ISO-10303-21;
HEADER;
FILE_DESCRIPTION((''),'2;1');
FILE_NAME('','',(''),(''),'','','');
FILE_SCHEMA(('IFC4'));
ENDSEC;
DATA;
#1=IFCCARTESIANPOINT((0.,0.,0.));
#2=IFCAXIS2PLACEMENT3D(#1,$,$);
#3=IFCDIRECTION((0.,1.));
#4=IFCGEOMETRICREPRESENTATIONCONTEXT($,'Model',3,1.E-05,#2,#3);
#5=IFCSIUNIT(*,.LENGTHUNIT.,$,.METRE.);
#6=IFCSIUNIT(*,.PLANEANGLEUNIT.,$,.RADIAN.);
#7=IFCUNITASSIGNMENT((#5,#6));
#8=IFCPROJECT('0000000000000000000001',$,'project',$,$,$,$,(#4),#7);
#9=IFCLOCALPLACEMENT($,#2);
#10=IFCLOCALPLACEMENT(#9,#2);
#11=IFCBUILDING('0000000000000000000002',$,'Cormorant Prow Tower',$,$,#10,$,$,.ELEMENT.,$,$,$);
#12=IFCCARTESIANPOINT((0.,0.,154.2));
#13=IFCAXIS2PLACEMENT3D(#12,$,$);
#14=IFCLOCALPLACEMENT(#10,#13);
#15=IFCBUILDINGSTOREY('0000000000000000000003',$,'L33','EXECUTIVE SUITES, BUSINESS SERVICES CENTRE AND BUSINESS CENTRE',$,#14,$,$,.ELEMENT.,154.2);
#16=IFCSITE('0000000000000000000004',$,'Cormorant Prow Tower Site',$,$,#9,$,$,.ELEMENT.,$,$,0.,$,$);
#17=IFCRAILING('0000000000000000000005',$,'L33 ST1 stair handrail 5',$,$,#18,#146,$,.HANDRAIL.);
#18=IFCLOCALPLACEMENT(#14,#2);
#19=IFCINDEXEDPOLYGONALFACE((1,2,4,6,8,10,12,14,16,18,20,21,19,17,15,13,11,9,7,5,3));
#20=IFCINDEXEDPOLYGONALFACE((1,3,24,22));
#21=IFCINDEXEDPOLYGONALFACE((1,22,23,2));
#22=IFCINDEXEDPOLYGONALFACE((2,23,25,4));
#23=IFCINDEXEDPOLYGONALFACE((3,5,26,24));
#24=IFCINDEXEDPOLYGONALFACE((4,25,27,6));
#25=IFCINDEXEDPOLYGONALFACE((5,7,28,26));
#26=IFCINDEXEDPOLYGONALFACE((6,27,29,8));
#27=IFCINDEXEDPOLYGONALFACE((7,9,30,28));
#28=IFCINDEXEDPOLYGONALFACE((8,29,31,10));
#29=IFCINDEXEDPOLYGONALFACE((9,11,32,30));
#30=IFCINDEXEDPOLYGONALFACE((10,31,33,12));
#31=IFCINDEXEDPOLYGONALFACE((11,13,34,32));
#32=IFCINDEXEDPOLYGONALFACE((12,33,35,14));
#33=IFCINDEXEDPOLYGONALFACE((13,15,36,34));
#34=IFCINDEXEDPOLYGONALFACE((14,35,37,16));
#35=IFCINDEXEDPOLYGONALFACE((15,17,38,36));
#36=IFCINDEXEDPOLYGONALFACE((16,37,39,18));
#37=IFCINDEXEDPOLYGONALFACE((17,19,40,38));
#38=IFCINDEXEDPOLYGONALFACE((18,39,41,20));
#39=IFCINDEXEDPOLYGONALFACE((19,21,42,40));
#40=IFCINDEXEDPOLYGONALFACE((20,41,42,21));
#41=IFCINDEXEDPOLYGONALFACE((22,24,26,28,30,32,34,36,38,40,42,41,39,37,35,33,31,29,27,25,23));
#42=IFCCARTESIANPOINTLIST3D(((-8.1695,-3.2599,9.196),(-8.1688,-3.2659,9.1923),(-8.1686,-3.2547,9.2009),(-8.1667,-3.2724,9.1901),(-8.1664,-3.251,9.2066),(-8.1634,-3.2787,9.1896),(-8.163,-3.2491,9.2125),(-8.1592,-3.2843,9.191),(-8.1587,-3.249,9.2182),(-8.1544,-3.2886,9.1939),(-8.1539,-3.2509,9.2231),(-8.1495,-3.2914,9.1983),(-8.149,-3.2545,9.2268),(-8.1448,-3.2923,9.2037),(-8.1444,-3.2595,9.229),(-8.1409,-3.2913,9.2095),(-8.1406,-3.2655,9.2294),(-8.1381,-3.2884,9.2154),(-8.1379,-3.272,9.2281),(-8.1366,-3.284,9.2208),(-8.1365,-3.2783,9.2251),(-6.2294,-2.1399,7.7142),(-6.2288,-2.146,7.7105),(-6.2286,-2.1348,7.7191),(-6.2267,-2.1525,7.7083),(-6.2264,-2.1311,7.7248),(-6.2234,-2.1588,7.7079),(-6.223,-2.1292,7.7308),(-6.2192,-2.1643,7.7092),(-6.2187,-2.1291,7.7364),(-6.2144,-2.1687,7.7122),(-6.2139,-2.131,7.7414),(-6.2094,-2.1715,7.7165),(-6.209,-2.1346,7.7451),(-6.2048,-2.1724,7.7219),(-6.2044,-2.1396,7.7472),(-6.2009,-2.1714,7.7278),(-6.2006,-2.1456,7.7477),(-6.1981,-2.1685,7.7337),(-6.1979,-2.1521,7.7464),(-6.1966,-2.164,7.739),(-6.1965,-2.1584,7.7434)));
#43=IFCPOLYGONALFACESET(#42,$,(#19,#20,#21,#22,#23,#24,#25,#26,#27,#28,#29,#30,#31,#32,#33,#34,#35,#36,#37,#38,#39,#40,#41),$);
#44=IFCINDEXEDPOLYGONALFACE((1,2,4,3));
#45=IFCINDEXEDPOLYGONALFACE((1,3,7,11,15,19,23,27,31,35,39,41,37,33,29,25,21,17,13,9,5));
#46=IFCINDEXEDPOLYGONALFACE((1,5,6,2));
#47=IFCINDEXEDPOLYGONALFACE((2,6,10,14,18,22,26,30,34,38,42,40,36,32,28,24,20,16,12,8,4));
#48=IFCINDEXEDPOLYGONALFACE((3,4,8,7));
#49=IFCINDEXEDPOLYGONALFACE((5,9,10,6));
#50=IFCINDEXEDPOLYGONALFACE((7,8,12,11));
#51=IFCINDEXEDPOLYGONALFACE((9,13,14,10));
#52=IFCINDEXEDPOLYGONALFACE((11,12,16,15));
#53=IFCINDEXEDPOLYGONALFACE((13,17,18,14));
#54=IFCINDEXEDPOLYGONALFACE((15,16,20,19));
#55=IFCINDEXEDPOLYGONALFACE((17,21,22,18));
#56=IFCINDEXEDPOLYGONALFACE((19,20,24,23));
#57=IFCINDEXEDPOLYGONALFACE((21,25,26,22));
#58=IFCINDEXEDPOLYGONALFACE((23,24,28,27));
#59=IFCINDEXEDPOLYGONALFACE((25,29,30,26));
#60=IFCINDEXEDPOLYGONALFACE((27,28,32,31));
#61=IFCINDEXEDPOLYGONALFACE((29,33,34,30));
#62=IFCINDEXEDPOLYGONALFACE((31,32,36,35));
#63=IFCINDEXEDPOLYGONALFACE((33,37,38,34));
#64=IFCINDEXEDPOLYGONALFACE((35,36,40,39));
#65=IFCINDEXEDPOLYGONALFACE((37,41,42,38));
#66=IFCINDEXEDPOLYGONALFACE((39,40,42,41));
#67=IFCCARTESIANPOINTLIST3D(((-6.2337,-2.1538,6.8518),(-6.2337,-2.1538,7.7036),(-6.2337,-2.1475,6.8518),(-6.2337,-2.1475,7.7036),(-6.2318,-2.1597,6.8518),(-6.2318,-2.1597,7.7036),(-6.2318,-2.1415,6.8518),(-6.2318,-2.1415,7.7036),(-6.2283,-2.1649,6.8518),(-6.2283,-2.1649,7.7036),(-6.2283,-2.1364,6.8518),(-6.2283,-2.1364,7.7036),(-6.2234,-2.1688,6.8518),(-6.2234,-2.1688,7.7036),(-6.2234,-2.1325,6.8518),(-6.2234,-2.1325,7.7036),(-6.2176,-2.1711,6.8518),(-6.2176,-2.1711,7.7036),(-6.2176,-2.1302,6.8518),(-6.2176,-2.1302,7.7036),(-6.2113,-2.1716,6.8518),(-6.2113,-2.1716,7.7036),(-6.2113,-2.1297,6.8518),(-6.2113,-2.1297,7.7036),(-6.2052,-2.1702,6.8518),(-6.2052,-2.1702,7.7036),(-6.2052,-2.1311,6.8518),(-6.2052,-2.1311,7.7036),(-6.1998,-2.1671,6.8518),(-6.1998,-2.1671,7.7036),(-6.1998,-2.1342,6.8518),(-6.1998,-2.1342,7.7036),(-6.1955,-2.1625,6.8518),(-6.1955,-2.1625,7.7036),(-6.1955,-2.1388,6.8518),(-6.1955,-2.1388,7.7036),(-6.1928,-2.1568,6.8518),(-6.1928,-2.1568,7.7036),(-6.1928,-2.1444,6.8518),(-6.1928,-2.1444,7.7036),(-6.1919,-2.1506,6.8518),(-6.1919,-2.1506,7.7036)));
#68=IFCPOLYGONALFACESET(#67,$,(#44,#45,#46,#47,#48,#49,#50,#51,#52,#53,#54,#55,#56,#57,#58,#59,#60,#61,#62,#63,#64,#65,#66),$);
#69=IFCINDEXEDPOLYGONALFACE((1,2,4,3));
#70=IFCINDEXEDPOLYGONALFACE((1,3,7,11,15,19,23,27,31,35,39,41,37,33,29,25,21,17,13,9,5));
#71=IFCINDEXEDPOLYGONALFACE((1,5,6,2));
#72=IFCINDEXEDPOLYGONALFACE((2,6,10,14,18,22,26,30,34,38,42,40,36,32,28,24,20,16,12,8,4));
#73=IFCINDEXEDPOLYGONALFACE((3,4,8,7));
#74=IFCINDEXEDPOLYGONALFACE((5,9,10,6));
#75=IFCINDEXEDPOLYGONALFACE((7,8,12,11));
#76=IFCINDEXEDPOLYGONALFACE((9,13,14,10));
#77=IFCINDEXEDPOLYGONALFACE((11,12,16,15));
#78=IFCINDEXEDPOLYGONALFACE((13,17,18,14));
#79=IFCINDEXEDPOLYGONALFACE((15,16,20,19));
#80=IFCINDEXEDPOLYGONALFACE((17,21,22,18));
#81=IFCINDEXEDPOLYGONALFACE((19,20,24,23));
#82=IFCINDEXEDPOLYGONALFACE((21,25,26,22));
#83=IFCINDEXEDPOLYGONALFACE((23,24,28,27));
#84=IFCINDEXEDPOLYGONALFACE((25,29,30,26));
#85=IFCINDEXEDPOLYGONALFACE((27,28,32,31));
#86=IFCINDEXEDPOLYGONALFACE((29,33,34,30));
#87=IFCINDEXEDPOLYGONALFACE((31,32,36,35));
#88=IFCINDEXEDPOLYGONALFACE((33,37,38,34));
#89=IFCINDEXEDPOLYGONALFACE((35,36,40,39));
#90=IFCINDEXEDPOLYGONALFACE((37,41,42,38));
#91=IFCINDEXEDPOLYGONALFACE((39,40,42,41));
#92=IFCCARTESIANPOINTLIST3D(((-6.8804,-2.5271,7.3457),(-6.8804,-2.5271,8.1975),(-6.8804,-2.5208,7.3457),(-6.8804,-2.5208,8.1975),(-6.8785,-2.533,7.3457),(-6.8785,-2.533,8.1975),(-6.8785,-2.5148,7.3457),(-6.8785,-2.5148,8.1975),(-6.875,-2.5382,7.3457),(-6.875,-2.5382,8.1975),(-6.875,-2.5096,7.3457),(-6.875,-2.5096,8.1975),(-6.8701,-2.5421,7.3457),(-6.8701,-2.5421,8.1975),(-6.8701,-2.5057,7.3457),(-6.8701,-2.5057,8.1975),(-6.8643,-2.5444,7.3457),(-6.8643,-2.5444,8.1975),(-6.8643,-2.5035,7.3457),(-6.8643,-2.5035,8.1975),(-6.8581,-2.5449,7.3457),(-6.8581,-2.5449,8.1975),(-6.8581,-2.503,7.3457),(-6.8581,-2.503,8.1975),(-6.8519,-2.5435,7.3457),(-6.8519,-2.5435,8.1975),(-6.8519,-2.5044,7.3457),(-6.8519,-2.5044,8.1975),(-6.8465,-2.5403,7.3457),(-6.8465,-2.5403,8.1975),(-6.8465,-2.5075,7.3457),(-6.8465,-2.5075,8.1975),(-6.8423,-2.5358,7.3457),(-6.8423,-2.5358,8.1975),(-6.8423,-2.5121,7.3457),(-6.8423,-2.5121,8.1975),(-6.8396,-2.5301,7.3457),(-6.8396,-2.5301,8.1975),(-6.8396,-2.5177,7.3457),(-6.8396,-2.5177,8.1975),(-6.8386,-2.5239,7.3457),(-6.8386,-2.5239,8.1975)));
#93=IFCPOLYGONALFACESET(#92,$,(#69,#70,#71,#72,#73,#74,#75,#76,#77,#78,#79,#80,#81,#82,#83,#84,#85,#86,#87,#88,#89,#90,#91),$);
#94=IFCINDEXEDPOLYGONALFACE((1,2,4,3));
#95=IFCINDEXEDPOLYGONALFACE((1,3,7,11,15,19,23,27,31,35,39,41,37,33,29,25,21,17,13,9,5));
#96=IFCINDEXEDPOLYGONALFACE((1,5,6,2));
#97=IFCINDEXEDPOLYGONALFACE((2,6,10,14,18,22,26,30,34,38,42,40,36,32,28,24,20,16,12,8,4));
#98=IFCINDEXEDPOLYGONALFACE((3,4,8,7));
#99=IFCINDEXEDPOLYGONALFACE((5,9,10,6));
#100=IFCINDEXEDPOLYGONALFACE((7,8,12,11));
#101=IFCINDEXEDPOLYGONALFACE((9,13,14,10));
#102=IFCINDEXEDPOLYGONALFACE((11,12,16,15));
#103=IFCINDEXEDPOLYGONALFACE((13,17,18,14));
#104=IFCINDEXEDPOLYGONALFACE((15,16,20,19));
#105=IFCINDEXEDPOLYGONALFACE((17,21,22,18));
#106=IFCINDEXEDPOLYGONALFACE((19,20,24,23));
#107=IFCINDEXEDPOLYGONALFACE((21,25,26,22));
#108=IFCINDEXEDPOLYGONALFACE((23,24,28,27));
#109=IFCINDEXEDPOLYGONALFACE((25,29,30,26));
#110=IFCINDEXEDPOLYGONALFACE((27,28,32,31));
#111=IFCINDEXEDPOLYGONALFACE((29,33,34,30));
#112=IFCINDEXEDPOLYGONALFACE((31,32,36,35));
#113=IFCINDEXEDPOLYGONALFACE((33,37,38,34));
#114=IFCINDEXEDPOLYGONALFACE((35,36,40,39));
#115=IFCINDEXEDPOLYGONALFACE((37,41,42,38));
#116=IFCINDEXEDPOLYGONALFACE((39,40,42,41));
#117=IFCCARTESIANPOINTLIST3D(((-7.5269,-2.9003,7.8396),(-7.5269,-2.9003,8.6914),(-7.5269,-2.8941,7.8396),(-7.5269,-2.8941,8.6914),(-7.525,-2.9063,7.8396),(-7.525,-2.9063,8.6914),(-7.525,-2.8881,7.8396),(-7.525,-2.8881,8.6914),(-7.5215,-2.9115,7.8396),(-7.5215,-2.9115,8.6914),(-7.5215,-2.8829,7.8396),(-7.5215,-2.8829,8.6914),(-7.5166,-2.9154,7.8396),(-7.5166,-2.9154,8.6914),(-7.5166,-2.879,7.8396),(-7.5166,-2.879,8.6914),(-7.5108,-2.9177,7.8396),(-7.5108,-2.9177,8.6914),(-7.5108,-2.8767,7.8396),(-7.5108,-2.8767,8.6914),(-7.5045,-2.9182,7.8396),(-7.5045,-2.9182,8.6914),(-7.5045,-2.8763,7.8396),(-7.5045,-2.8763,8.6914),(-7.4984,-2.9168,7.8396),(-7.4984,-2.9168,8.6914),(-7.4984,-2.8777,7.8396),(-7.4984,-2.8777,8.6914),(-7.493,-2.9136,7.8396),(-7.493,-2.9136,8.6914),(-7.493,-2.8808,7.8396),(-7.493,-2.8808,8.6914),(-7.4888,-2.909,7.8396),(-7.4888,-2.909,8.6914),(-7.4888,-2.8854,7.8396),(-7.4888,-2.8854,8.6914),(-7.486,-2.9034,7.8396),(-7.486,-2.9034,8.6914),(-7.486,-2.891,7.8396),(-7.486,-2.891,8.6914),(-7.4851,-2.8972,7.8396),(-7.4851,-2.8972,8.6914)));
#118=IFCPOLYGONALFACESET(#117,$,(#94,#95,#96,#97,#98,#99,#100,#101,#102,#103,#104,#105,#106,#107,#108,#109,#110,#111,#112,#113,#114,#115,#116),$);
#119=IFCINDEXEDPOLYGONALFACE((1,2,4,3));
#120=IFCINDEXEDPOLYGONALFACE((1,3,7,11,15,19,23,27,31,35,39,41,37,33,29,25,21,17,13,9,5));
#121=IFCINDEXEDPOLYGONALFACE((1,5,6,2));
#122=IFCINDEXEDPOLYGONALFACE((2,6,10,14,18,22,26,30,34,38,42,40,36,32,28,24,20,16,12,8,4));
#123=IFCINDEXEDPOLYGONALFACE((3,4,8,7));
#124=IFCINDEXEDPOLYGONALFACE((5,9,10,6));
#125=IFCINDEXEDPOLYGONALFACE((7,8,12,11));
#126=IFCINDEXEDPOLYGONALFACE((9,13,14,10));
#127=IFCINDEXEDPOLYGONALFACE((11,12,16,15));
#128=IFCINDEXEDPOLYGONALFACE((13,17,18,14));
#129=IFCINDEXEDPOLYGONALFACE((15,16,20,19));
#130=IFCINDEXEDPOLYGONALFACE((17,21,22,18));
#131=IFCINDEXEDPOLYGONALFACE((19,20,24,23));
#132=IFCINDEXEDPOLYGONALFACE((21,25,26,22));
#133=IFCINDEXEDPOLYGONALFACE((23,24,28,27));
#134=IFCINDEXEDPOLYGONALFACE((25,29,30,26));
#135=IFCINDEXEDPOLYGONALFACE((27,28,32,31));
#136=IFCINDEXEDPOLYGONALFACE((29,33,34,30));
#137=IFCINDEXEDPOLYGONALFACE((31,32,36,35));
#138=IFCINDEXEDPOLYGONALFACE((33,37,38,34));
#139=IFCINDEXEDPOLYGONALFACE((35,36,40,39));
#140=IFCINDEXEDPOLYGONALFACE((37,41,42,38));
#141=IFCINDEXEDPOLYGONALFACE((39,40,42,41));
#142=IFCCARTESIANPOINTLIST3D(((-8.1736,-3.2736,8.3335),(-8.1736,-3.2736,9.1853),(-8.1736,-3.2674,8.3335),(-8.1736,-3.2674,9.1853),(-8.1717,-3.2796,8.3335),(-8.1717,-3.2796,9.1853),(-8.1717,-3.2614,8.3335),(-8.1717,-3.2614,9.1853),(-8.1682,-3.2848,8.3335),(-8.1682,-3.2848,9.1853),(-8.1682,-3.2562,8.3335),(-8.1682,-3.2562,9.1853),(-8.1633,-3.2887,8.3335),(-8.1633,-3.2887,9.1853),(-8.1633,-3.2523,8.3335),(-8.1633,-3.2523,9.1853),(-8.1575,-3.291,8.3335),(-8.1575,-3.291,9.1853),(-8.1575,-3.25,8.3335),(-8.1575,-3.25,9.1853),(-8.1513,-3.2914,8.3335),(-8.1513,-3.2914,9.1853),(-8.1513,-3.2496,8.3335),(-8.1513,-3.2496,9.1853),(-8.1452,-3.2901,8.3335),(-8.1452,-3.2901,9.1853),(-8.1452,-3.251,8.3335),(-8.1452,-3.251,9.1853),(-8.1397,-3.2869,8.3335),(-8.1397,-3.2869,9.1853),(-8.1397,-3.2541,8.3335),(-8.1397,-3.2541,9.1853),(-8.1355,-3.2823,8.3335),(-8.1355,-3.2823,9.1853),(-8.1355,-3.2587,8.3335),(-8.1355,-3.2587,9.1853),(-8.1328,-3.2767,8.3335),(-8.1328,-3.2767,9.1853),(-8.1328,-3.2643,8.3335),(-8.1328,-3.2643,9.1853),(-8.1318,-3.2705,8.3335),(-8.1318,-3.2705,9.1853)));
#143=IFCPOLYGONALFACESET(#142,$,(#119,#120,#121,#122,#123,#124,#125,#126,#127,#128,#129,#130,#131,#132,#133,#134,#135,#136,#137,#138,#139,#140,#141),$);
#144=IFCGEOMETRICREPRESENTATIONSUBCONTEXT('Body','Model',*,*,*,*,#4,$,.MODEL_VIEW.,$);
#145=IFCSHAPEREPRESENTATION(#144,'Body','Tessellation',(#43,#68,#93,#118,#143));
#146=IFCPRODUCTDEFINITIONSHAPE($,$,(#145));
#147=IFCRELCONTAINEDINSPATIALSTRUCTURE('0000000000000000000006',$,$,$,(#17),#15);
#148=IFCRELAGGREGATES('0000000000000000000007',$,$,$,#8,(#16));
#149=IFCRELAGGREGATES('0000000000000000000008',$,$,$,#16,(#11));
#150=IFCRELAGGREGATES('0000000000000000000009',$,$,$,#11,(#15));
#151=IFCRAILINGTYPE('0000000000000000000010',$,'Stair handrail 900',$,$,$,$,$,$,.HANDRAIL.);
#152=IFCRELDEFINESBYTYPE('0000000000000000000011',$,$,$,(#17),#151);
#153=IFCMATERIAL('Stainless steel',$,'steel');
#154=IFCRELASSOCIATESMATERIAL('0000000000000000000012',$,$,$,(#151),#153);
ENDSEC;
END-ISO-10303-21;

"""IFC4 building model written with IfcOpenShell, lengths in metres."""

from ifc_helpers import new_model, si_unit, direction, frame, origin, origin_2d, place, context, subcontext, project, spatial, circle, extrude, material, type_object, element, save


model = new_model("IFC4")

# Units and contexts
model_context = context("Model", 3, precision=1e-05, world=origin(), true_north=direction((0.0, 1.0)))
body_context = subcontext(model_context, "Body", "Model", "MODEL_VIEW")
ifc_project = project(units=[si_unit("LENGTHUNIT", "METRE"), si_unit("PLANEANGLEUNIT", "RADIAN")], contexts=[model_context])

# Site, building, storey
site_placement = place(None, origin())
site = spatial("IfcSite", under=ifc_project, at=site_placement, Name="Cormorant Prow Tower Site", CompositionType="ELEMENT", RefElevation=0.0)
building_placement = place(site_placement, origin())
building = spatial("IfcBuilding", under=site, at=building_placement, Name="Cormorant Prow Tower", CompositionType="ELEMENT")
storey_placement = place(building_placement, frame((0.0, 0.0, 154.2)))
storey = spatial("IfcBuildingStorey", under=building, at=storey_placement, Name="L33", Description="EXECUTIVE SUITES, BUSINESS SERVICES CENTRE AND BUSINESS CENTRE", CompositionType="ELEMENT", Elevation=154.2)

# Railing
ifc_material_1 = material(Name="Stainless steel", Category="steel")
railing_type = type_object("IfcRailingType", Name="Stair handrail 900", PredefinedType="HANDRAIL", material=ifc_material_1)
railing_1_placement = place(storey_placement, frame((-6.2129, -2.1506, 6.8518)))
element("IfcRailing", 1, at=railing_1_placement, inside=storey, type_object=railing_type, Name="L33 ST1 stair handrail 5", PredefinedType="HANDRAIL", context=body_context, shape_type="SweptSolid", body=[
    extrude(circle(Radius=0.0239, at=origin_2d()), frame((0.0, 0.0, 0.876), z_axis=(-0.722327, -0.416979, 0.551699), x_axis=(0.499949, -0.866055, 0.0)), (0.0, 0.0, 1.0), 2.6858),
    extrude(circle(Radius=0.021, at=origin_2d()), origin(), (0.0, 0.0, 1.0), 0.8518),
    extrude(circle(Radius=0.021, at=origin_2d()), frame((-0.6467, -0.3733, 0.4939)), (0.0, 0.0, 1.0), 0.8518),
    extrude(circle(Radius=0.021, at=origin_2d()), frame((-1.2932, -0.7466, 0.9878)), (0.0, 0.0, 1.0), 0.8518),
    extrude(circle(Radius=0.021, at=origin_2d()), frame((-1.9399, -1.1199, 1.4817)), (0.0, 0.0, 1.0), 0.8518),
])

save(model, "model.ifc")
